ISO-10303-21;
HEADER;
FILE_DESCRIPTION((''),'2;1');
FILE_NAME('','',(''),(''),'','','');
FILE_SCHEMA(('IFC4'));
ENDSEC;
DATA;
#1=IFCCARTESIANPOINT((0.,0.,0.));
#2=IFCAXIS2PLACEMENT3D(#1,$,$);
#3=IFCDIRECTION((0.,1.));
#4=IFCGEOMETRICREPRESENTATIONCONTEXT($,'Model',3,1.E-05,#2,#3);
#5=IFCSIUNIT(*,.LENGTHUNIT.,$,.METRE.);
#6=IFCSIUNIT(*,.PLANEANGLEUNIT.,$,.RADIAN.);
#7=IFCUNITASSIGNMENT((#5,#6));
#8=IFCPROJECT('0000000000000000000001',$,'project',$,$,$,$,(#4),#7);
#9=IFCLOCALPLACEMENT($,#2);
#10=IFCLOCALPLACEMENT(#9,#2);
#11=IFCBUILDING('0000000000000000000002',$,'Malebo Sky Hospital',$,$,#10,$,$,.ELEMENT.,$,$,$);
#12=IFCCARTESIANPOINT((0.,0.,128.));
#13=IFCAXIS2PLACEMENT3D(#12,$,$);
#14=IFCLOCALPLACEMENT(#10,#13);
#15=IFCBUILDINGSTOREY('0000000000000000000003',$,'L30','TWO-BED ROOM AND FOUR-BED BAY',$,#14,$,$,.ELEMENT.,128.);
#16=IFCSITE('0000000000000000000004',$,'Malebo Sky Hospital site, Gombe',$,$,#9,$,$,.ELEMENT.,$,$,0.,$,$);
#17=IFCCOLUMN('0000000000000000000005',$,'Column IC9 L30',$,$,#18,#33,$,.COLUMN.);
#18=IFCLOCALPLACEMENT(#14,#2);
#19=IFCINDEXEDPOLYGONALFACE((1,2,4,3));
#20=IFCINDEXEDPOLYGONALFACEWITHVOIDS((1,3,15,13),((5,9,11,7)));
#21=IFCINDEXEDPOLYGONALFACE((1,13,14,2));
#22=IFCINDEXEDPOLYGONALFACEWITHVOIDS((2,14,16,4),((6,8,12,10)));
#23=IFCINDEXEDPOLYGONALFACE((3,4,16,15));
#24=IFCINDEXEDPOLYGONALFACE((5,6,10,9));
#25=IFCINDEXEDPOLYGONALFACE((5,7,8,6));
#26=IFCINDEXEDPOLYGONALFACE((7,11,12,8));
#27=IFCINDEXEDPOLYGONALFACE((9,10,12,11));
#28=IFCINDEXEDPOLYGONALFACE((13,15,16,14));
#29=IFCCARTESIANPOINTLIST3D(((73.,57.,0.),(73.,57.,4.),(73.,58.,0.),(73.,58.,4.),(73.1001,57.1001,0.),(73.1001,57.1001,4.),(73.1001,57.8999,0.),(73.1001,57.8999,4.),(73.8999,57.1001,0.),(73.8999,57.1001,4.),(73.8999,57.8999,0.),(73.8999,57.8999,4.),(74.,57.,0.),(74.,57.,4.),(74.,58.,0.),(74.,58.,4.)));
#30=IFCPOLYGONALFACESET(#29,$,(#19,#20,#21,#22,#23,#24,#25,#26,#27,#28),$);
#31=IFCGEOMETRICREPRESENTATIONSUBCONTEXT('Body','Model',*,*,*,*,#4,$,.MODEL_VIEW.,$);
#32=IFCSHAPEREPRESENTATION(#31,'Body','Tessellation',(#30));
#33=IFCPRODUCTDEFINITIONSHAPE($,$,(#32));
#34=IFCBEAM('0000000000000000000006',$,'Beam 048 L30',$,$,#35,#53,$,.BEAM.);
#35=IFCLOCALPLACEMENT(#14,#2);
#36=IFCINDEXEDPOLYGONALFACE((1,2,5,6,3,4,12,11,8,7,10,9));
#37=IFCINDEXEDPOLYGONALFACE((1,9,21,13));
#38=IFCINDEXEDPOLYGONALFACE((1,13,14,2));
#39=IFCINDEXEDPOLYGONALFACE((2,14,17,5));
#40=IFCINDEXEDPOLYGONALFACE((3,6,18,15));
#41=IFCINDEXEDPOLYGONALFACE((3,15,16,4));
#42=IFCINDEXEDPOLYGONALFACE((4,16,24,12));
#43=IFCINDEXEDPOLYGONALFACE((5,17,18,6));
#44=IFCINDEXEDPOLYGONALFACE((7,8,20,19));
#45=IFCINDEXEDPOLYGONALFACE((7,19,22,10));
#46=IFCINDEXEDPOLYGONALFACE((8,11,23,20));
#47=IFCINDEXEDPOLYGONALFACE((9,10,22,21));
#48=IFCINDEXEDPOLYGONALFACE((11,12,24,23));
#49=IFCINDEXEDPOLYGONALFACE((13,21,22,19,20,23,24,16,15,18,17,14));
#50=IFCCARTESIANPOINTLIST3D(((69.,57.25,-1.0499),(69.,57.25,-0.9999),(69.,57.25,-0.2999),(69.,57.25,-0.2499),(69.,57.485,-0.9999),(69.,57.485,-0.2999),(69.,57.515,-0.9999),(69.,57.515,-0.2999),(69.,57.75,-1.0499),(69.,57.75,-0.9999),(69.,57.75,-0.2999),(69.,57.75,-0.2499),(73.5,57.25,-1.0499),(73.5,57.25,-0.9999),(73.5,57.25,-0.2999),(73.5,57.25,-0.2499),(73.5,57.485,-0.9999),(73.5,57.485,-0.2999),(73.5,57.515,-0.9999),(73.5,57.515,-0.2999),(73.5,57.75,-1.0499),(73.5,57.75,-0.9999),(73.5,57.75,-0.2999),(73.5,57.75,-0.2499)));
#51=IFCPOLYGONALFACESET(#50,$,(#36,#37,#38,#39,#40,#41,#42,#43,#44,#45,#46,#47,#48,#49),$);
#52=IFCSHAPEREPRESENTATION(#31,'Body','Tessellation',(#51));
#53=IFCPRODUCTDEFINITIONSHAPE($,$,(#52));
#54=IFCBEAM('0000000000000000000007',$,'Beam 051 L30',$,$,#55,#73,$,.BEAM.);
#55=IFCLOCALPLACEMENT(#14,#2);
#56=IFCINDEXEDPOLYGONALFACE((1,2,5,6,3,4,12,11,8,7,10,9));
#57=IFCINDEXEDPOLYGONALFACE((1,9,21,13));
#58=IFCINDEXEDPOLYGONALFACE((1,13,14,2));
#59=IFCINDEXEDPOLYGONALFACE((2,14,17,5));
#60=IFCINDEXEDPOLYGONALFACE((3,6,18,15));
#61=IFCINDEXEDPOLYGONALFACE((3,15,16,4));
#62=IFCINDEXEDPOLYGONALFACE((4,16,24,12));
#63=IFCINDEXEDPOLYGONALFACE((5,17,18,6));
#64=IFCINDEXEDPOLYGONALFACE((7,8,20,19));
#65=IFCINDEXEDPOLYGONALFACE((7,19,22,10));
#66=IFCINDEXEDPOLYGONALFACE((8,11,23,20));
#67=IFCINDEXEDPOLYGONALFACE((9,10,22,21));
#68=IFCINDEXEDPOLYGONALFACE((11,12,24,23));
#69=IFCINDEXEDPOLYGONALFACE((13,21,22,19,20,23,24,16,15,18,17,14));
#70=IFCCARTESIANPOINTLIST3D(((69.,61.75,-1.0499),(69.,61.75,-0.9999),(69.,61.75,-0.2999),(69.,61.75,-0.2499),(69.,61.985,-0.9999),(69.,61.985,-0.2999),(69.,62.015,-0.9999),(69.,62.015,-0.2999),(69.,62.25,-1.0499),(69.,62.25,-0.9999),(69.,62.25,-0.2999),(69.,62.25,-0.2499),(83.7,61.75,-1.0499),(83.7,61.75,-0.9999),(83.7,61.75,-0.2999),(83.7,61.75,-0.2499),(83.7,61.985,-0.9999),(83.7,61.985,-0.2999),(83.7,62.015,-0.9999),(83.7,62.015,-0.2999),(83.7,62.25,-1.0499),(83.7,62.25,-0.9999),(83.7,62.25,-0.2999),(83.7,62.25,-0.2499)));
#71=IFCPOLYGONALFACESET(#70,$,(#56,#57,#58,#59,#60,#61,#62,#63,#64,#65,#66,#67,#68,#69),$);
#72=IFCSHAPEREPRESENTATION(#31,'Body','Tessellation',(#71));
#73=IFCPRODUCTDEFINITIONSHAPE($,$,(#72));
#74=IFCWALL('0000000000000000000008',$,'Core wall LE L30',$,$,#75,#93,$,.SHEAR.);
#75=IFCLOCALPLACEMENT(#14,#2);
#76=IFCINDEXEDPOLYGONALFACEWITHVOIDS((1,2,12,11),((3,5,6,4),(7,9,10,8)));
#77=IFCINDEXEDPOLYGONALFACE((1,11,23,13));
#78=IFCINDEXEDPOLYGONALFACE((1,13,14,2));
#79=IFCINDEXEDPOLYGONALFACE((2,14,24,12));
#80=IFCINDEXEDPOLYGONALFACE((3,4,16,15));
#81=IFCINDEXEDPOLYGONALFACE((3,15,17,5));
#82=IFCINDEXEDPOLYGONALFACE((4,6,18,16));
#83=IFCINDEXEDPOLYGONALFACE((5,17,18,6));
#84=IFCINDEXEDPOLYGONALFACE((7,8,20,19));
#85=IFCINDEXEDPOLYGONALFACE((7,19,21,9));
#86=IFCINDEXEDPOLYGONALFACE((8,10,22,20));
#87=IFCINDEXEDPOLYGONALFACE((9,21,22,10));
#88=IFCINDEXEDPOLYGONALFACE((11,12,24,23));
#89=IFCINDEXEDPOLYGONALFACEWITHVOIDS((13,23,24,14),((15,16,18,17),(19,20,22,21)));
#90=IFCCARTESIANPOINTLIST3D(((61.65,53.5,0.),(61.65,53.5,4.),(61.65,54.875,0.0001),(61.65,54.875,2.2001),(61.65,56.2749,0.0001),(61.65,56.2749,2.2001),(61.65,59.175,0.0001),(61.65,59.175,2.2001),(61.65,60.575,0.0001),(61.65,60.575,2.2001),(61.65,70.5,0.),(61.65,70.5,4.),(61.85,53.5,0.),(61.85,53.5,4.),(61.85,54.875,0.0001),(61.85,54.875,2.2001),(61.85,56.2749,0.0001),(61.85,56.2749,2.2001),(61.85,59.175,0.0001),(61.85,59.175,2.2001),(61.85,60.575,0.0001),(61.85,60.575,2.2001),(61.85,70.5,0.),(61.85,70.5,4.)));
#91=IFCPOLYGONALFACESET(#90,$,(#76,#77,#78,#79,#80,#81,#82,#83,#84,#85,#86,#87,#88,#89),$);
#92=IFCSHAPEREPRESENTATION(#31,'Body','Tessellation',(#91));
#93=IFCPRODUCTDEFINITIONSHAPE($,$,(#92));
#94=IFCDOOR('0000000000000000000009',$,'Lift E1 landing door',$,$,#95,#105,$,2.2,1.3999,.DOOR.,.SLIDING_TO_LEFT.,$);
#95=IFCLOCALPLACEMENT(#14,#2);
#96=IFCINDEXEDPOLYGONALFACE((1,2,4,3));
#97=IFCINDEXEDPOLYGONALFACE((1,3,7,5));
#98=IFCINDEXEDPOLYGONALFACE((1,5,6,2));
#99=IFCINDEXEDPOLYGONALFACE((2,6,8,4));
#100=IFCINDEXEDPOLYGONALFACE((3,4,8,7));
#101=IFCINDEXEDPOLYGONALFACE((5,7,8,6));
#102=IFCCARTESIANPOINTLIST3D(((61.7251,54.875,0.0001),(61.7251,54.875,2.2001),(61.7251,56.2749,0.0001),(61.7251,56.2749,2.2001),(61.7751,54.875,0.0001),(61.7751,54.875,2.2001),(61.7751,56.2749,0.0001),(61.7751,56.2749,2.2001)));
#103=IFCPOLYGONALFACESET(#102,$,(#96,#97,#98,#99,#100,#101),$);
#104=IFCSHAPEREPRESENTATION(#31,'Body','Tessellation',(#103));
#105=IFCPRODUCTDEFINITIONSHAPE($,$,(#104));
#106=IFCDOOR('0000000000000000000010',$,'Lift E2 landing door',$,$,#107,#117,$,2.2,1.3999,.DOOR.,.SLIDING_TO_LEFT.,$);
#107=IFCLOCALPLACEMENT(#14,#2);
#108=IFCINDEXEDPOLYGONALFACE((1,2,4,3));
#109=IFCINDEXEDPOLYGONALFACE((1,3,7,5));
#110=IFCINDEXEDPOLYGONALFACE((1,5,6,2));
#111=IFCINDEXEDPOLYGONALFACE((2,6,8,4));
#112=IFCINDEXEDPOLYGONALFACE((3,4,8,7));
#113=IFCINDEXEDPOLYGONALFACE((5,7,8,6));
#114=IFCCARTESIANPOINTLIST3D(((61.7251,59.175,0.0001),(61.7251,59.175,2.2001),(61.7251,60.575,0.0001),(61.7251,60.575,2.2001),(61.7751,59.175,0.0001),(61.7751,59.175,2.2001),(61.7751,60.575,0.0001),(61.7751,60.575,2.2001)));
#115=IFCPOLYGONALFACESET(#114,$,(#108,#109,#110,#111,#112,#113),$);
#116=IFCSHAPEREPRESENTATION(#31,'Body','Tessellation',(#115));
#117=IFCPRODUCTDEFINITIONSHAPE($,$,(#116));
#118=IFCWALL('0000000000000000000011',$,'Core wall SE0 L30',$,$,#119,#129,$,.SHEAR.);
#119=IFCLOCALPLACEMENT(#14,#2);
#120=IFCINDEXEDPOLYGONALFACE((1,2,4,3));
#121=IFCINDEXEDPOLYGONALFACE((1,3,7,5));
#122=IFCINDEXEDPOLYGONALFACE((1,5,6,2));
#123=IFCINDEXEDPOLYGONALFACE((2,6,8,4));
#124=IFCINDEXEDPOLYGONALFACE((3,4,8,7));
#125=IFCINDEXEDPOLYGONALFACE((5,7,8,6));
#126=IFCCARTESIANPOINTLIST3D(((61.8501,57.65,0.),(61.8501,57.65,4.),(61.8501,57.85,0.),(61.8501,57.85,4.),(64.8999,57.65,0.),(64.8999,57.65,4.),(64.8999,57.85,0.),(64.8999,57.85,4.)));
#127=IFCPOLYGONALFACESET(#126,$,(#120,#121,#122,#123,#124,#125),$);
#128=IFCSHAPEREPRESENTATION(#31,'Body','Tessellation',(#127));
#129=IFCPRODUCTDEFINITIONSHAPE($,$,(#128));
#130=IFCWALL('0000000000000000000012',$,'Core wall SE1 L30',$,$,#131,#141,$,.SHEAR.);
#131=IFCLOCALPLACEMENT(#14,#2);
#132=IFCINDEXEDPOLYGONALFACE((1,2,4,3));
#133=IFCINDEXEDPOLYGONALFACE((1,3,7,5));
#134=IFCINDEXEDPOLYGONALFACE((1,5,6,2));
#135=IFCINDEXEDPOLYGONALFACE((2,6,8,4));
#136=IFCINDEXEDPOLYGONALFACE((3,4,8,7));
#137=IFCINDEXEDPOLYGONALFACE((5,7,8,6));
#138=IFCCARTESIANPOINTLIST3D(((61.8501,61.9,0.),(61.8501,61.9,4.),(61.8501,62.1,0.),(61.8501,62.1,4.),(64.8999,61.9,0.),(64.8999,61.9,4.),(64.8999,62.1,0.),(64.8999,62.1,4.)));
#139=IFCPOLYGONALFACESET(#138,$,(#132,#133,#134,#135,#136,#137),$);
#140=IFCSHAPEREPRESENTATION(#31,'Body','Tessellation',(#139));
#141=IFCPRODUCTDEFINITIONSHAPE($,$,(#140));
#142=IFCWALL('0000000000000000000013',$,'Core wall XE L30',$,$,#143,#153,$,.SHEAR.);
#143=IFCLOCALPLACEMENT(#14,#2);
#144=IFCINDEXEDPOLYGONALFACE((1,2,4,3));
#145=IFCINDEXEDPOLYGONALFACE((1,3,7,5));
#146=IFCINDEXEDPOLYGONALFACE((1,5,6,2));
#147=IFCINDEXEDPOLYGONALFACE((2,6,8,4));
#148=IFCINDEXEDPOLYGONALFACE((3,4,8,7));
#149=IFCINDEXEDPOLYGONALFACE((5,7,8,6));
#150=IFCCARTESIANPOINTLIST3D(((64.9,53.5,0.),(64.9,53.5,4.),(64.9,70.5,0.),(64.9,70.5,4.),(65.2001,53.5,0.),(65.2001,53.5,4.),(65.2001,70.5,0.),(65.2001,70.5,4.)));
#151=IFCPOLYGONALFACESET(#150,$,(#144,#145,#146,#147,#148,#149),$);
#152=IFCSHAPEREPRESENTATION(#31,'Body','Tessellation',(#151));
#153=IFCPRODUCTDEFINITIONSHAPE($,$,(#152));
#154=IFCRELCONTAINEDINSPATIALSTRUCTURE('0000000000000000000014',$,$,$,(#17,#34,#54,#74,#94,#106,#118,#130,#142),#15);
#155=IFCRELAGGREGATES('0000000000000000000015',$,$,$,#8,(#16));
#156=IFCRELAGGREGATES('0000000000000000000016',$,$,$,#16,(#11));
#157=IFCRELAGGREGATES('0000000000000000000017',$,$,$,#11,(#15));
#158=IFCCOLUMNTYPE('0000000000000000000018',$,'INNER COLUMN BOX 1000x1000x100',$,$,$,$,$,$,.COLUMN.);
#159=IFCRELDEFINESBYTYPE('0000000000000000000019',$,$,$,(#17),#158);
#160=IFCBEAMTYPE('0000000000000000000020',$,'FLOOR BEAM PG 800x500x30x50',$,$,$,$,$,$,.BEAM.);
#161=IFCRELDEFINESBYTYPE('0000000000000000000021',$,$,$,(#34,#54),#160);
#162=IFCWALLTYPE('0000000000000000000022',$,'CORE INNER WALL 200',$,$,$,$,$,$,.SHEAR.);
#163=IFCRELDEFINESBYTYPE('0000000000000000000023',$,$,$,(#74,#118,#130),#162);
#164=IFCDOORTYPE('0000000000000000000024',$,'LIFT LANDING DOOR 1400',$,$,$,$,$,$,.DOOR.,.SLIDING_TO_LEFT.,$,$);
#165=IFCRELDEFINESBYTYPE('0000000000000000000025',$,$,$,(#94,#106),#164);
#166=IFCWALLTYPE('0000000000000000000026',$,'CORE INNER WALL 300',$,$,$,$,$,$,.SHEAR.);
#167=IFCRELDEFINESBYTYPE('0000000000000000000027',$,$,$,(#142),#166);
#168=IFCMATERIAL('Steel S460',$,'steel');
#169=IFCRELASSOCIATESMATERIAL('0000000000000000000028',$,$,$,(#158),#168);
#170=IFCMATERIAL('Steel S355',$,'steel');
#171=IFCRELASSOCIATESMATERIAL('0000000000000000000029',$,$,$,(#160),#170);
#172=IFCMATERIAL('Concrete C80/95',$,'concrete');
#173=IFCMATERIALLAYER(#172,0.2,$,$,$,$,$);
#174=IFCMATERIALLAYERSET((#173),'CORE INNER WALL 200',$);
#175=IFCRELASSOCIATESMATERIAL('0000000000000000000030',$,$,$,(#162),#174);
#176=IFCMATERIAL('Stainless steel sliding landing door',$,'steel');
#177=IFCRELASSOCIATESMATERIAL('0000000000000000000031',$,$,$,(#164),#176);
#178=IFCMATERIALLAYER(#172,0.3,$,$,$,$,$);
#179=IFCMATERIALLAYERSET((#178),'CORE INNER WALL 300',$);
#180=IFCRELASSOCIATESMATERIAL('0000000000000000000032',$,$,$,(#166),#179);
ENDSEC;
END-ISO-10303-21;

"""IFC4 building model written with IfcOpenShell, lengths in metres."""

from ifc_helpers import new_model, si_unit, direction, frame, frame_2d, origin, origin_2d, place, context, subcontext, project, spatial, rectangle, hollow_rectangle, i_section, extrude, material, layer, layer_set, material_profile, profile_set, type_object, element, fill, save


model = new_model("IFC4")

# Units and contexts
model_context = context("Model", 3, precision=1e-05, world=origin(), true_north=direction((0.0, 1.0)))
body_context = subcontext(model_context, "Body", "Model", "MODEL_VIEW")
ifc_project = project(units=[si_unit("LENGTHUNIT", "METRE"), si_unit("PLANEANGLEUNIT", "RADIAN")], contexts=[model_context])

# Site, building, storey
site_placement = place(None, origin())
site = spatial("IfcSite", under=ifc_project, at=site_placement, Name="Malebo Sky Hospital site, Gombe", CompositionType="ELEMENT", RefElevation=0.0)
building_placement = place(site_placement, origin())
building = spatial("IfcBuilding", under=site, at=building_placement, Name="Malebo Sky Hospital", CompositionType="ELEMENT")
storey_placement = place(building_placement, frame((0.0, 0.0, 128.0)))
storey = spatial("IfcBuildingStorey", under=building, at=storey_placement, Name="L30", Description="TWO-BED ROOM AND FOUR-BED BAY", CompositionType="ELEMENT", Elevation=128.0)

# Column
ifc_material_1 = material(Name="Steel S460", Category="steel")
ifc_material_profile_1 = material_profile(ifc_material_1, hollow_rectangle(XDim=1.0, YDim=1.0, WallThickness=0.1001, at=origin_2d()), Name="BOX 1000x1000x100")
ifc_profile_set_1 = profile_set([ifc_material_profile_1], Name="Steel S460")
column_type = type_object("IfcColumnType", Name="INNER COLUMN BOX 1000x1000x100", PredefinedType="COLUMN", material=ifc_profile_set_1)
column_placement = place(storey_placement, frame((73.5, 57.5, 0.0), z_axis=(0.0, 0.0, 1.0), x_axis=(1.0, 0.0, 0.0)))
element("IfcColumn", 1, at=column_placement, inside=storey, type_object=column_type, Name="Column IC9 L30", PredefinedType="COLUMN", context=body_context, shape_type="SweptSolid", body=[
    extrude(hollow_rectangle(XDim=1.0, YDim=1.0, WallThickness=0.1001, at=origin_2d()), origin(), (0.0, 0.0, 1.0), 4.0),
])

# Beams
ifc_material_2 = material(Name="Steel S355", Category="steel")
ifc_material_profile_2 = material_profile(ifc_material_2, i_section(OverallWidth=0.5, OverallDepth=0.8, WebThickness=0.03, FlangeThickness=0.05, at=origin_2d()), Name="PG 800x500x30x50")
ifc_profile_set_2 = profile_set([ifc_material_profile_2], Name="Steel S355")
beam_type = type_object("IfcBeamType", Name="FLOOR BEAM PG 800x500x30x50", PredefinedType="BEAM", material=ifc_profile_set_2)
beam_1_placement = place(storey_placement, frame((69.0, 57.5, -0.6499), z_axis=(1.0, 0.0, 0.0), x_axis=(0.0, 1.0, 0.0)))
element("IfcBeam", 2, at=beam_1_placement, inside=storey, type_object=beam_type, Name="Beam 048 L30", PredefinedType="BEAM", context=body_context, shape_type="SweptSolid", body=[
    extrude(i_section(OverallWidth=0.5, OverallDepth=0.8, WebThickness=0.03, FlangeThickness=0.05, at=origin_2d()), origin(), (0.0, 0.0, 1.0), 4.5),
])
beam_2_placement = place(storey_placement, frame((69.0, 62.0, -0.6499), z_axis=(1.0, 0.0, 0.0), x_axis=(0.0, 1.0, 0.0)))
element("IfcBeam", 3, at=beam_2_placement, inside=storey, type_object=beam_type, Name="Beam 051 L30", PredefinedType="BEAM", context=body_context, shape_type="SweptSolid", body=[
    extrude(i_section(OverallWidth=0.5, OverallDepth=0.8, WebThickness=0.03, FlangeThickness=0.05, at=origin_2d()), origin(), (0.0, 0.0, 1.0), 14.7),
])

# Wall, openings, doors
ifc_material_3 = material(Name="Concrete C80/95", Category="concrete")
ifc_layer_1 = layer(ifc_material_3, 0.2)
ifc_layer_set_1 = layer_set([ifc_layer_1], Name="CORE INNER WALL 200")
wall_type_1 = type_object("IfcWallType", Name="CORE INNER WALL 200", PredefinedType="SHEAR", material=ifc_layer_set_1)
wall_1_placement = place(storey_placement, frame((61.75, 53.5, 0.0), z_axis=(0.0, 0.0, 1.0), x_axis=(0.0, 1.0, 0.0)))
wall_1 = element("IfcWall", 4, at=wall_1_placement, inside=storey, type_object=wall_type_1, Name="Core wall LE L30", PredefinedType="SHEAR", context=body_context, shape_type="SweptSolid", body=[
    extrude(rectangle(XDim=17.0, YDim=0.2, at=frame_2d((8.5, 0.0))), origin(), (0.0, 0.0, 1.0), 4.0),
])
opening_1_placement = place(wall_1_placement, frame((1.375, 0.0, 0.0)))
opening_1 = element("IfcOpeningElement", 5, at=opening_1_placement, cuts=wall_1, PredefinedType="OPENING", context=body_context, shape_type="SweptSolid", body=[
    extrude(rectangle(XDim=1.3999, YDim=2.2, at=frame_2d((0.7, 1.1001))), frame((0.0, 0.1099, 0.0), z_axis=(0.0, -1.0, 0.0), x_axis=(1.0, 0.0, 0.0)), (0.0, 0.0, 1.0), 0.22),
])
opening_2_placement = place(wall_1_placement, frame((5.675, 0.0, 0.0)))
opening_2 = element("IfcOpeningElement", 6, at=opening_2_placement, cuts=wall_1, PredefinedType="OPENING", context=body_context, shape_type="SweptSolid", body=[
    extrude(rectangle(XDim=1.3999, YDim=2.2, at=frame_2d((0.7, 1.1001))), frame((0.0, 0.1099, 0.0), z_axis=(0.0, -1.0, 0.0), x_axis=(1.0, 0.0, 0.0)), (0.0, 0.0, 1.0), 0.22),
])
ifc_material_4 = material(Name="Stainless steel sliding landing door", Category="steel")
door_type_1 = type_object("IfcDoorType", Name="LIFT LANDING DOOR 1400", OperationType="SLIDING_TO_LEFT", PredefinedType="DOOR", material=ifc_material_4)
door_1_placement = place(opening_1_placement, origin())
door_1 = element("IfcDoor", 7, at=door_1_placement, inside=storey, type_object=door_type_1, Name="Lift E1 landing door", OperationType="SLIDING_TO_LEFT", OverallHeight=2.2, OverallWidth=1.3999, PredefinedType="DOOR", context=body_context, shape_type="SweptSolid", body=[
    extrude(rectangle(XDim=1.3999, YDim=2.2, at=frame_2d((0.7, 1.1001))), frame((0.0, 0.0249, 0.0), z_axis=(0.0, -1.0, 0.0), x_axis=(1.0, 0.0, 0.0)), (0.0, 0.0, 1.0), 0.05),
])
fill(opening_1, door_1)
door_2_placement = place(opening_2_placement, origin())
door_2 = element("IfcDoor", 8, at=door_2_placement, inside=storey, type_object=door_type_1, Name="Lift E2 landing door", OperationType="SLIDING_TO_LEFT", OverallHeight=2.2, OverallWidth=1.3999, PredefinedType="DOOR", context=body_context, shape_type="SweptSolid", body=[
    extrude(rectangle(XDim=1.3999, YDim=2.2, at=frame_2d((0.7, 1.1001))), frame((0.0, 0.0249, 0.0), z_axis=(0.0, -1.0, 0.0), x_axis=(1.0, 0.0, 0.0)), (0.0, 0.0, 1.0), 0.05),
])
fill(opening_2, door_2)

# Walls
for number, where, z_axis, x_axis, name in (
    (9, (61.8501, 57.75, 0.0), (0.0, 0.0, 1.0), (1.0, 0.0, 0.0), "Core wall SE0 L30"),
    (10, (61.8501, 62.0, 0.0), (0.0, 0.0, 1.0), (1.0, 0.0, 0.0), "Core wall SE1 L30"),
):
    element("IfcWall", number, at=place(storey_placement, frame(where, z_axis=z_axis, x_axis=x_axis)), inside=storey, type_object=wall_type_1, Name=name, PredefinedType="SHEAR", context=body_context, shape_type="SweptSolid", body=[
        extrude(rectangle(XDim=3.0498, YDim=0.2, at=frame_2d((1.5249, 0.0))), origin(), (0.0, 0.0, 1.0), 4.0),
    ])
ifc_layer_2 = layer(ifc_material_3, 0.3)
ifc_layer_set_2 = layer_set([ifc_layer_2], Name="CORE INNER WALL 300")
wall_type_2 = type_object("IfcWallType", Name="CORE INNER WALL 300", PredefinedType="SHEAR", material=ifc_layer_set_2)
wall_2_placement = place(storey_placement, frame((65.05, 53.5, 0.0), z_axis=(0.0, 0.0, 1.0), x_axis=(0.0, 1.0, 0.0)))
element("IfcWall", 11, at=wall_2_placement, inside=storey, type_object=wall_type_2, Name="Core wall XE L30", PredefinedType="SHEAR", context=body_context, shape_type="SweptSolid", body=[
    extrude(rectangle(XDim=17.0, YDim=0.3, at=frame_2d((8.5, 0.0))), origin(), (0.0, 0.0, 1.0), 4.0),
])

save(model, "model.ifc")
